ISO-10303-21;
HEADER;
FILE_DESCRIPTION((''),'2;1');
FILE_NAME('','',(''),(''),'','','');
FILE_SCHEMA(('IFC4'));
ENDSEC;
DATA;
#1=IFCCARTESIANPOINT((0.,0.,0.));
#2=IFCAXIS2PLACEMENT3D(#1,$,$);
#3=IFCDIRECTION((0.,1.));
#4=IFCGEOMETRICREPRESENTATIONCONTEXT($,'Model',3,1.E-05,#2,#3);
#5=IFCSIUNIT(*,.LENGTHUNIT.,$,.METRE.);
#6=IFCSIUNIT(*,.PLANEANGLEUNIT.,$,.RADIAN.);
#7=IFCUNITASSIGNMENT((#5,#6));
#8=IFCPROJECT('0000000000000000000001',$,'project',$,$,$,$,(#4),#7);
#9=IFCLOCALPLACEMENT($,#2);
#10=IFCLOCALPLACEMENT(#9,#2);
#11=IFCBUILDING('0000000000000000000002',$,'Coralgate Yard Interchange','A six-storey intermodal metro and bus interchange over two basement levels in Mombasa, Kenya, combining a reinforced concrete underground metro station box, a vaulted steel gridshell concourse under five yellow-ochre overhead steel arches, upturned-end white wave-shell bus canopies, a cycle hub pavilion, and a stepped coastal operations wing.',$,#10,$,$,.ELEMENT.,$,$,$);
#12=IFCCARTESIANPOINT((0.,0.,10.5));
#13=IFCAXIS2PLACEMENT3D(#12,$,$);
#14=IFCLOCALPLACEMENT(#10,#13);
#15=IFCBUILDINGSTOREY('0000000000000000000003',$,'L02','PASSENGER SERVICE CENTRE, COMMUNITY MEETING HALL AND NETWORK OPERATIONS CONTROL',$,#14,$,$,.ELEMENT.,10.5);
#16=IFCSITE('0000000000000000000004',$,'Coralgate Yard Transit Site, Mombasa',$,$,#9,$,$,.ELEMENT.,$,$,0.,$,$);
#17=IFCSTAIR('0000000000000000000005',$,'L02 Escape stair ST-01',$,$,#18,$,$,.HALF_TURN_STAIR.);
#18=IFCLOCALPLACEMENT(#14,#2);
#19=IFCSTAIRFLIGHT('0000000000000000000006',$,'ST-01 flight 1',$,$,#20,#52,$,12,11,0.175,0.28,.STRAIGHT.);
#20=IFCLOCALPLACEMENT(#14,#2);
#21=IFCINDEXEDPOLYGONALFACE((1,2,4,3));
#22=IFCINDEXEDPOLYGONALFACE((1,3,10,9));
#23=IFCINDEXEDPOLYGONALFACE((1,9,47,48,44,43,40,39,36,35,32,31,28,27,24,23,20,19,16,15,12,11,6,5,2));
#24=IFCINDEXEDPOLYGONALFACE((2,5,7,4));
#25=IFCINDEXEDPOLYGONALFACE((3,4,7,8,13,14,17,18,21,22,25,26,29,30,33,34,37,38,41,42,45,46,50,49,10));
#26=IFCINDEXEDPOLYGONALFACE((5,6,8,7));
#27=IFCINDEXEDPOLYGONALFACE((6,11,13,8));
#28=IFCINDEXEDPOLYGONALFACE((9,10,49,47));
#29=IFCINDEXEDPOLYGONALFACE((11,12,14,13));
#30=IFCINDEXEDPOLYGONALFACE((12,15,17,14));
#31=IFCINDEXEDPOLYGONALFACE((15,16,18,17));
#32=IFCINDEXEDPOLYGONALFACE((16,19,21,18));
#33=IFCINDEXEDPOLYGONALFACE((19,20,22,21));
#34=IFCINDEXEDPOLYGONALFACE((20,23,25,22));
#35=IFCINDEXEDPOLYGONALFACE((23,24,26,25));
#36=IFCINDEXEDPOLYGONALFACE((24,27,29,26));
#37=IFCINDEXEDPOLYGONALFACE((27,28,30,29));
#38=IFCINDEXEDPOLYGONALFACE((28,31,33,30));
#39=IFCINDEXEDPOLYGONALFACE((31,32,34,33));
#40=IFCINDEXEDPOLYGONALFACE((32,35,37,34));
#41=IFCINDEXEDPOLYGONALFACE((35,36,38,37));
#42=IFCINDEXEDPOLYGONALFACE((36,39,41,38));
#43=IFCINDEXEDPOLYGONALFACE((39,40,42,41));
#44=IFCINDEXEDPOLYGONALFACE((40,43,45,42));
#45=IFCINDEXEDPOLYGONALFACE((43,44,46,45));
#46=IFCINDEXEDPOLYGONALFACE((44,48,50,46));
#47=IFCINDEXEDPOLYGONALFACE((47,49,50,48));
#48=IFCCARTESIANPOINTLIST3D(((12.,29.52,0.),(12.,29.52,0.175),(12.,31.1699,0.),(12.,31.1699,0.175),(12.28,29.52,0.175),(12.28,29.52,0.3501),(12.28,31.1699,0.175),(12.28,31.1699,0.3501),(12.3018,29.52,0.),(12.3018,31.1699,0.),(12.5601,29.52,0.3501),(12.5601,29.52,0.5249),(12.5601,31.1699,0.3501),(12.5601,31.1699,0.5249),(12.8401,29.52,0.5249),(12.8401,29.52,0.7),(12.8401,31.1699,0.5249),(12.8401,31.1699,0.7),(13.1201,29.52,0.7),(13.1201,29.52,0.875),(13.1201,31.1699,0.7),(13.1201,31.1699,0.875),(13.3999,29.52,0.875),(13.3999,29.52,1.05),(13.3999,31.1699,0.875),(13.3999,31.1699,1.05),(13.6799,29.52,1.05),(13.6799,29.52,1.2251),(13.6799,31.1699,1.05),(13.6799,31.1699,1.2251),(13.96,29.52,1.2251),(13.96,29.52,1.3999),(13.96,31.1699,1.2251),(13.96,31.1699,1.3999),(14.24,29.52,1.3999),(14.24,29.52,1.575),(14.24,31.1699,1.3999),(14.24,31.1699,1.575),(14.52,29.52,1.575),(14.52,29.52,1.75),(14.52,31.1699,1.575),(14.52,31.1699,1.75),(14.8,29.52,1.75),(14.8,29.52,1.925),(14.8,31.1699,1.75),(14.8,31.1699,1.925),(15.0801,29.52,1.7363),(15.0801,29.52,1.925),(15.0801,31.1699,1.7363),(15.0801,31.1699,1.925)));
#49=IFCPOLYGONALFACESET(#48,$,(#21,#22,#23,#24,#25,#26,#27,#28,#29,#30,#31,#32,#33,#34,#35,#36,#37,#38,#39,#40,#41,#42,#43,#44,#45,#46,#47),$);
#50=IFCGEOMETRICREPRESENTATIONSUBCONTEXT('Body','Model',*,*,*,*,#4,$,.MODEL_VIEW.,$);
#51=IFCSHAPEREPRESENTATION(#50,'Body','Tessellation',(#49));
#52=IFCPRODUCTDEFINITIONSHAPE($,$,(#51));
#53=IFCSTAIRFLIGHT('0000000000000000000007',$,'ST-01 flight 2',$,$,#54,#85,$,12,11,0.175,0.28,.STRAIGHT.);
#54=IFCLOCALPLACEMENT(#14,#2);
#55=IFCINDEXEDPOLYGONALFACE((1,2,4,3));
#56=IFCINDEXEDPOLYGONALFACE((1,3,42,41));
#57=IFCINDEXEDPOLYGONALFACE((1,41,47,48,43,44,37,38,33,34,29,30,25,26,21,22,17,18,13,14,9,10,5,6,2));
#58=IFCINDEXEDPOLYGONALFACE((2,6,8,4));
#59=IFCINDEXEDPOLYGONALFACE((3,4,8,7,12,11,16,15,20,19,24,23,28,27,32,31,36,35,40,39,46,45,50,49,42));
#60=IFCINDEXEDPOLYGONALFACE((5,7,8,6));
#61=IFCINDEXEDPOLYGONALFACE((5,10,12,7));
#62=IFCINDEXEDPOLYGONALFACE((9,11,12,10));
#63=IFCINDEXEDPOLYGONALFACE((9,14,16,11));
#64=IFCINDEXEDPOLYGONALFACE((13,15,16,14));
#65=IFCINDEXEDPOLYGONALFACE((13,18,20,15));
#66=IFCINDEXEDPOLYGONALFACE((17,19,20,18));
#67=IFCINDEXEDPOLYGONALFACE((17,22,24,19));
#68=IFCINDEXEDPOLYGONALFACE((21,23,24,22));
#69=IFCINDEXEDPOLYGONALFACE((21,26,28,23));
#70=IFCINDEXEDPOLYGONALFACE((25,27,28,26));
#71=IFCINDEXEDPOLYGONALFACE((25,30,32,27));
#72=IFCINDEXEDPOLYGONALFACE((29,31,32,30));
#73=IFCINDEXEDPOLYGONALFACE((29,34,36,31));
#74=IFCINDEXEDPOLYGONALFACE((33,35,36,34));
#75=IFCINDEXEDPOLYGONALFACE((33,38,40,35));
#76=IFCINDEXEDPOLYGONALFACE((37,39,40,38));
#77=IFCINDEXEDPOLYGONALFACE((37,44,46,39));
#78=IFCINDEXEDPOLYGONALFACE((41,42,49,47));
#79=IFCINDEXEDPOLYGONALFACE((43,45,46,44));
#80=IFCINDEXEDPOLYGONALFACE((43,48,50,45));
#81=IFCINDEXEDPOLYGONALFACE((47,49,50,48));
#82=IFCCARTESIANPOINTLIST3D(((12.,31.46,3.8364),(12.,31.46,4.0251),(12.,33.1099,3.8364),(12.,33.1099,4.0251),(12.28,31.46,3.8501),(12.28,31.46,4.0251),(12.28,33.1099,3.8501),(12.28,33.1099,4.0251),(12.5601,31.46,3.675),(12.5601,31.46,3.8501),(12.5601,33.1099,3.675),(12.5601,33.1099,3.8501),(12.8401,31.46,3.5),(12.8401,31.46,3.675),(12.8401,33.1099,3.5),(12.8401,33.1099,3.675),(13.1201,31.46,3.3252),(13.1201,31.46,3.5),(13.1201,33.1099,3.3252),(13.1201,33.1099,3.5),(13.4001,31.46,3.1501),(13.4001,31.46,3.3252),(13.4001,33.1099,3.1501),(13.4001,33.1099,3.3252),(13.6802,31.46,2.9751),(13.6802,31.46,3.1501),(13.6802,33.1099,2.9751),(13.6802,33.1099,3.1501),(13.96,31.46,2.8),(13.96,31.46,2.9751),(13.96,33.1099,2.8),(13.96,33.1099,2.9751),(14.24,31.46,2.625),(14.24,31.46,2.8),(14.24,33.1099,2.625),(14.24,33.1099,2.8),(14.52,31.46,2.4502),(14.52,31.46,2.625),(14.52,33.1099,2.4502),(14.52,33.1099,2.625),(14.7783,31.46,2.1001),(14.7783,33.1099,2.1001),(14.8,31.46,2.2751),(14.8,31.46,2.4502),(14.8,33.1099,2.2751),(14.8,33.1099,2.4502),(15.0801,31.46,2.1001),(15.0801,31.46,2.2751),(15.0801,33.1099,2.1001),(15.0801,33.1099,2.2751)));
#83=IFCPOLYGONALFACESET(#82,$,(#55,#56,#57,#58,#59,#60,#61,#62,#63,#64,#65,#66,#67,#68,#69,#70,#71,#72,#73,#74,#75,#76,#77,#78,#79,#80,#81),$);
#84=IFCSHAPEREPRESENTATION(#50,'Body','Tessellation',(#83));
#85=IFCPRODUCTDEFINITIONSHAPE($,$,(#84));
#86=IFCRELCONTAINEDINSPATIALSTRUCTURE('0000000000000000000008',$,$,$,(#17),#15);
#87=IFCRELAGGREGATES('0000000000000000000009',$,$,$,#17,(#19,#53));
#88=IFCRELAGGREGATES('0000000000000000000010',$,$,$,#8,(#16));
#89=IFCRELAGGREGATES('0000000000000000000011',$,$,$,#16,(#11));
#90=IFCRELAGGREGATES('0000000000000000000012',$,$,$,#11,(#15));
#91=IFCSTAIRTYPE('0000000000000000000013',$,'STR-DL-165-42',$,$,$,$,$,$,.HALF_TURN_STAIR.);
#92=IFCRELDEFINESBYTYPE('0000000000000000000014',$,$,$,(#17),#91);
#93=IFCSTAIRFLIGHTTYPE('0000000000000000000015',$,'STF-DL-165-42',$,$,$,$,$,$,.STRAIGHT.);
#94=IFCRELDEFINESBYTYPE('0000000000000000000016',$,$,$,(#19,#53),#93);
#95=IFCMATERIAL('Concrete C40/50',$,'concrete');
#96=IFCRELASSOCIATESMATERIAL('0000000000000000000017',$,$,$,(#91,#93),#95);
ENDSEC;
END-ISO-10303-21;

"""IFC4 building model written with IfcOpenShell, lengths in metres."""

from ifc_helpers import new_model, si_unit, direction, frame, origin, place, context, subcontext, project, spatial, polyline, outline, extrude, material, type_object, element, aggregate, save


model = new_model("IFC4")

# Units and contexts
model_context = context("Model", 3, precision=1e-05, world=origin(), true_north=direction((0.0, 1.0)))
body_context = subcontext(model_context, "Body", "Model", "MODEL_VIEW")
ifc_project = project(units=[si_unit("LENGTHUNIT", "METRE"), si_unit("PLANEANGLEUNIT", "RADIAN")], contexts=[model_context])

# Site, building, storey
site_placement = place(None, origin())
site = spatial("IfcSite", under=ifc_project, at=site_placement, Name="Coralgate Yard Transit Site, Mombasa", CompositionType="ELEMENT", RefElevation=0.0)
building_placement = place(site_placement, origin())
building = spatial("IfcBuilding", under=site, at=building_placement, Name="Coralgate Yard Interchange", Description="A six-storey intermodal metro and bus interchange over two basement levels in Mombasa, Kenya, combining a reinforced concrete underground metro station box, a vaulted steel gridshell concourse under five yellow-ochre overhead steel arches, upturned-end white wave-shell bus canopies, a cycle hub pavilion, and a stepped coastal operations wing.", CompositionType="ELEMENT")
storey_placement = place(building_placement, frame((0.0, 0.0, 10.5)))
storey = spatial("IfcBuildingStorey", under=building, at=storey_placement, Name="L02", Description="PASSENGER SERVICE CENTRE, COMMUNITY MEETING HALL AND NETWORK OPERATIONS CONTROL", CompositionType="ELEMENT", Elevation=10.5)

# Shared definitions
ifc_material_1 = material(Name="Concrete C40/50", Category="concrete")

# Stair, stair flights
stair_type = type_object("IfcStairType", Name="STR-DL-165-42", PredefinedType="HALF_TURN_STAIR", material=ifc_material_1)
stair_placement = place(storey_placement, origin())
stair = element("IfcStair", 1, at=stair_placement, inside=storey, type_object=stair_type, Name="L02 Escape stair ST-01", PredefinedType="HALF_TURN_STAIR")
stair_flight_type = type_object("IfcStairFlightType", Name="STF-DL-165-42", PredefinedType="STRAIGHT", material=ifc_material_1)
stair_flight_1_placement = place(storey_placement, frame((12.0, 30.345, 0.0), z_axis=(0.0, 0.0, 1.0), x_axis=(1.0, 0.0, 0.0)))
stair_flight_1 = element("IfcStairFlight", 2, at=stair_flight_1_placement, type_object=stair_flight_type, Name="ST-01 flight 1", NumberOfRisers=12, NumberOfTreads=11, PredefinedType="STRAIGHT", RiserHeight=0.175, TreadLength=0.28, context=body_context, shape_type="SweptSolid", body=[
    extrude(outline(polyline([(0.0, 0.0), (0.0, 0.175), (0.28, 0.175), (0.28, 0.3501), (0.5601, 0.3501), (0.5601, 0.5249), (0.8401, 0.5249), (0.8401, 0.7), (1.1201, 0.7), (1.1201, 0.875), (1.3999, 0.875), (1.3999, 1.05), (1.6799, 1.05), (1.6799, 1.2251), (1.96, 1.2251), (1.96, 1.3999), (2.24, 1.3999), (2.24, 1.575), (2.52, 1.575), (2.52, 1.75), (2.8, 1.75), (2.8, 1.925), (3.0801, 1.925), (3.0801, 2.1001), (3.0801, 1.7363), (0.3018, 0.0), (0.0, 0.0)])), frame((0.0, 0.825, 0.0), z_axis=(0.0, -1.0, 0.0), x_axis=(1.0, 0.0, 0.0)), (0.0, 0.0, 1.0), 1.6499),
])
stair_flight_2_placement = place(storey_placement, frame((15.0801, 32.2849, 2.1001), z_axis=(0.0, 0.0, 1.0), x_axis=(-1.0, 0.0, 0.0)))
stair_flight_2 = element("IfcStairFlight", 3, at=stair_flight_2_placement, type_object=stair_flight_type, Name="ST-01 flight 2", NumberOfRisers=12, NumberOfTreads=11, PredefinedType="STRAIGHT", RiserHeight=0.175, TreadLength=0.28, context=body_context, shape_type="SweptSolid", body=[
    extrude(outline(polyline([(0.0, 0.0), (0.0, 0.175), (0.28, 0.175), (0.28, 0.3501), (0.5601, 0.3501), (0.5601, 0.5249), (0.8401, 0.5249), (0.8401, 0.7), (1.1201, 0.7), (1.1201, 0.875), (1.3999, 0.875), (1.3999, 1.05), (1.6799, 1.05), (1.6799, 1.2251), (1.96, 1.2251), (1.96, 1.3999), (2.24, 1.3999), (2.24, 1.575), (2.52, 1.575), (2.52, 1.75), (2.8, 1.75), (2.8, 1.925), (3.0801, 1.925), (3.0801, 2.1001), (3.0801, 1.7363), (0.3018, 0.0), (0.0, 0.0)])), frame((0.0, 0.825, 0.0), z_axis=(0.0, -1.0, 0.0), x_axis=(1.0, 0.0, 0.0)), (0.0, 0.0, 1.0), 1.6499),
])
aggregate(stair, [stair_flight_1, stair_flight_2])

save(model, "model.ifc")
